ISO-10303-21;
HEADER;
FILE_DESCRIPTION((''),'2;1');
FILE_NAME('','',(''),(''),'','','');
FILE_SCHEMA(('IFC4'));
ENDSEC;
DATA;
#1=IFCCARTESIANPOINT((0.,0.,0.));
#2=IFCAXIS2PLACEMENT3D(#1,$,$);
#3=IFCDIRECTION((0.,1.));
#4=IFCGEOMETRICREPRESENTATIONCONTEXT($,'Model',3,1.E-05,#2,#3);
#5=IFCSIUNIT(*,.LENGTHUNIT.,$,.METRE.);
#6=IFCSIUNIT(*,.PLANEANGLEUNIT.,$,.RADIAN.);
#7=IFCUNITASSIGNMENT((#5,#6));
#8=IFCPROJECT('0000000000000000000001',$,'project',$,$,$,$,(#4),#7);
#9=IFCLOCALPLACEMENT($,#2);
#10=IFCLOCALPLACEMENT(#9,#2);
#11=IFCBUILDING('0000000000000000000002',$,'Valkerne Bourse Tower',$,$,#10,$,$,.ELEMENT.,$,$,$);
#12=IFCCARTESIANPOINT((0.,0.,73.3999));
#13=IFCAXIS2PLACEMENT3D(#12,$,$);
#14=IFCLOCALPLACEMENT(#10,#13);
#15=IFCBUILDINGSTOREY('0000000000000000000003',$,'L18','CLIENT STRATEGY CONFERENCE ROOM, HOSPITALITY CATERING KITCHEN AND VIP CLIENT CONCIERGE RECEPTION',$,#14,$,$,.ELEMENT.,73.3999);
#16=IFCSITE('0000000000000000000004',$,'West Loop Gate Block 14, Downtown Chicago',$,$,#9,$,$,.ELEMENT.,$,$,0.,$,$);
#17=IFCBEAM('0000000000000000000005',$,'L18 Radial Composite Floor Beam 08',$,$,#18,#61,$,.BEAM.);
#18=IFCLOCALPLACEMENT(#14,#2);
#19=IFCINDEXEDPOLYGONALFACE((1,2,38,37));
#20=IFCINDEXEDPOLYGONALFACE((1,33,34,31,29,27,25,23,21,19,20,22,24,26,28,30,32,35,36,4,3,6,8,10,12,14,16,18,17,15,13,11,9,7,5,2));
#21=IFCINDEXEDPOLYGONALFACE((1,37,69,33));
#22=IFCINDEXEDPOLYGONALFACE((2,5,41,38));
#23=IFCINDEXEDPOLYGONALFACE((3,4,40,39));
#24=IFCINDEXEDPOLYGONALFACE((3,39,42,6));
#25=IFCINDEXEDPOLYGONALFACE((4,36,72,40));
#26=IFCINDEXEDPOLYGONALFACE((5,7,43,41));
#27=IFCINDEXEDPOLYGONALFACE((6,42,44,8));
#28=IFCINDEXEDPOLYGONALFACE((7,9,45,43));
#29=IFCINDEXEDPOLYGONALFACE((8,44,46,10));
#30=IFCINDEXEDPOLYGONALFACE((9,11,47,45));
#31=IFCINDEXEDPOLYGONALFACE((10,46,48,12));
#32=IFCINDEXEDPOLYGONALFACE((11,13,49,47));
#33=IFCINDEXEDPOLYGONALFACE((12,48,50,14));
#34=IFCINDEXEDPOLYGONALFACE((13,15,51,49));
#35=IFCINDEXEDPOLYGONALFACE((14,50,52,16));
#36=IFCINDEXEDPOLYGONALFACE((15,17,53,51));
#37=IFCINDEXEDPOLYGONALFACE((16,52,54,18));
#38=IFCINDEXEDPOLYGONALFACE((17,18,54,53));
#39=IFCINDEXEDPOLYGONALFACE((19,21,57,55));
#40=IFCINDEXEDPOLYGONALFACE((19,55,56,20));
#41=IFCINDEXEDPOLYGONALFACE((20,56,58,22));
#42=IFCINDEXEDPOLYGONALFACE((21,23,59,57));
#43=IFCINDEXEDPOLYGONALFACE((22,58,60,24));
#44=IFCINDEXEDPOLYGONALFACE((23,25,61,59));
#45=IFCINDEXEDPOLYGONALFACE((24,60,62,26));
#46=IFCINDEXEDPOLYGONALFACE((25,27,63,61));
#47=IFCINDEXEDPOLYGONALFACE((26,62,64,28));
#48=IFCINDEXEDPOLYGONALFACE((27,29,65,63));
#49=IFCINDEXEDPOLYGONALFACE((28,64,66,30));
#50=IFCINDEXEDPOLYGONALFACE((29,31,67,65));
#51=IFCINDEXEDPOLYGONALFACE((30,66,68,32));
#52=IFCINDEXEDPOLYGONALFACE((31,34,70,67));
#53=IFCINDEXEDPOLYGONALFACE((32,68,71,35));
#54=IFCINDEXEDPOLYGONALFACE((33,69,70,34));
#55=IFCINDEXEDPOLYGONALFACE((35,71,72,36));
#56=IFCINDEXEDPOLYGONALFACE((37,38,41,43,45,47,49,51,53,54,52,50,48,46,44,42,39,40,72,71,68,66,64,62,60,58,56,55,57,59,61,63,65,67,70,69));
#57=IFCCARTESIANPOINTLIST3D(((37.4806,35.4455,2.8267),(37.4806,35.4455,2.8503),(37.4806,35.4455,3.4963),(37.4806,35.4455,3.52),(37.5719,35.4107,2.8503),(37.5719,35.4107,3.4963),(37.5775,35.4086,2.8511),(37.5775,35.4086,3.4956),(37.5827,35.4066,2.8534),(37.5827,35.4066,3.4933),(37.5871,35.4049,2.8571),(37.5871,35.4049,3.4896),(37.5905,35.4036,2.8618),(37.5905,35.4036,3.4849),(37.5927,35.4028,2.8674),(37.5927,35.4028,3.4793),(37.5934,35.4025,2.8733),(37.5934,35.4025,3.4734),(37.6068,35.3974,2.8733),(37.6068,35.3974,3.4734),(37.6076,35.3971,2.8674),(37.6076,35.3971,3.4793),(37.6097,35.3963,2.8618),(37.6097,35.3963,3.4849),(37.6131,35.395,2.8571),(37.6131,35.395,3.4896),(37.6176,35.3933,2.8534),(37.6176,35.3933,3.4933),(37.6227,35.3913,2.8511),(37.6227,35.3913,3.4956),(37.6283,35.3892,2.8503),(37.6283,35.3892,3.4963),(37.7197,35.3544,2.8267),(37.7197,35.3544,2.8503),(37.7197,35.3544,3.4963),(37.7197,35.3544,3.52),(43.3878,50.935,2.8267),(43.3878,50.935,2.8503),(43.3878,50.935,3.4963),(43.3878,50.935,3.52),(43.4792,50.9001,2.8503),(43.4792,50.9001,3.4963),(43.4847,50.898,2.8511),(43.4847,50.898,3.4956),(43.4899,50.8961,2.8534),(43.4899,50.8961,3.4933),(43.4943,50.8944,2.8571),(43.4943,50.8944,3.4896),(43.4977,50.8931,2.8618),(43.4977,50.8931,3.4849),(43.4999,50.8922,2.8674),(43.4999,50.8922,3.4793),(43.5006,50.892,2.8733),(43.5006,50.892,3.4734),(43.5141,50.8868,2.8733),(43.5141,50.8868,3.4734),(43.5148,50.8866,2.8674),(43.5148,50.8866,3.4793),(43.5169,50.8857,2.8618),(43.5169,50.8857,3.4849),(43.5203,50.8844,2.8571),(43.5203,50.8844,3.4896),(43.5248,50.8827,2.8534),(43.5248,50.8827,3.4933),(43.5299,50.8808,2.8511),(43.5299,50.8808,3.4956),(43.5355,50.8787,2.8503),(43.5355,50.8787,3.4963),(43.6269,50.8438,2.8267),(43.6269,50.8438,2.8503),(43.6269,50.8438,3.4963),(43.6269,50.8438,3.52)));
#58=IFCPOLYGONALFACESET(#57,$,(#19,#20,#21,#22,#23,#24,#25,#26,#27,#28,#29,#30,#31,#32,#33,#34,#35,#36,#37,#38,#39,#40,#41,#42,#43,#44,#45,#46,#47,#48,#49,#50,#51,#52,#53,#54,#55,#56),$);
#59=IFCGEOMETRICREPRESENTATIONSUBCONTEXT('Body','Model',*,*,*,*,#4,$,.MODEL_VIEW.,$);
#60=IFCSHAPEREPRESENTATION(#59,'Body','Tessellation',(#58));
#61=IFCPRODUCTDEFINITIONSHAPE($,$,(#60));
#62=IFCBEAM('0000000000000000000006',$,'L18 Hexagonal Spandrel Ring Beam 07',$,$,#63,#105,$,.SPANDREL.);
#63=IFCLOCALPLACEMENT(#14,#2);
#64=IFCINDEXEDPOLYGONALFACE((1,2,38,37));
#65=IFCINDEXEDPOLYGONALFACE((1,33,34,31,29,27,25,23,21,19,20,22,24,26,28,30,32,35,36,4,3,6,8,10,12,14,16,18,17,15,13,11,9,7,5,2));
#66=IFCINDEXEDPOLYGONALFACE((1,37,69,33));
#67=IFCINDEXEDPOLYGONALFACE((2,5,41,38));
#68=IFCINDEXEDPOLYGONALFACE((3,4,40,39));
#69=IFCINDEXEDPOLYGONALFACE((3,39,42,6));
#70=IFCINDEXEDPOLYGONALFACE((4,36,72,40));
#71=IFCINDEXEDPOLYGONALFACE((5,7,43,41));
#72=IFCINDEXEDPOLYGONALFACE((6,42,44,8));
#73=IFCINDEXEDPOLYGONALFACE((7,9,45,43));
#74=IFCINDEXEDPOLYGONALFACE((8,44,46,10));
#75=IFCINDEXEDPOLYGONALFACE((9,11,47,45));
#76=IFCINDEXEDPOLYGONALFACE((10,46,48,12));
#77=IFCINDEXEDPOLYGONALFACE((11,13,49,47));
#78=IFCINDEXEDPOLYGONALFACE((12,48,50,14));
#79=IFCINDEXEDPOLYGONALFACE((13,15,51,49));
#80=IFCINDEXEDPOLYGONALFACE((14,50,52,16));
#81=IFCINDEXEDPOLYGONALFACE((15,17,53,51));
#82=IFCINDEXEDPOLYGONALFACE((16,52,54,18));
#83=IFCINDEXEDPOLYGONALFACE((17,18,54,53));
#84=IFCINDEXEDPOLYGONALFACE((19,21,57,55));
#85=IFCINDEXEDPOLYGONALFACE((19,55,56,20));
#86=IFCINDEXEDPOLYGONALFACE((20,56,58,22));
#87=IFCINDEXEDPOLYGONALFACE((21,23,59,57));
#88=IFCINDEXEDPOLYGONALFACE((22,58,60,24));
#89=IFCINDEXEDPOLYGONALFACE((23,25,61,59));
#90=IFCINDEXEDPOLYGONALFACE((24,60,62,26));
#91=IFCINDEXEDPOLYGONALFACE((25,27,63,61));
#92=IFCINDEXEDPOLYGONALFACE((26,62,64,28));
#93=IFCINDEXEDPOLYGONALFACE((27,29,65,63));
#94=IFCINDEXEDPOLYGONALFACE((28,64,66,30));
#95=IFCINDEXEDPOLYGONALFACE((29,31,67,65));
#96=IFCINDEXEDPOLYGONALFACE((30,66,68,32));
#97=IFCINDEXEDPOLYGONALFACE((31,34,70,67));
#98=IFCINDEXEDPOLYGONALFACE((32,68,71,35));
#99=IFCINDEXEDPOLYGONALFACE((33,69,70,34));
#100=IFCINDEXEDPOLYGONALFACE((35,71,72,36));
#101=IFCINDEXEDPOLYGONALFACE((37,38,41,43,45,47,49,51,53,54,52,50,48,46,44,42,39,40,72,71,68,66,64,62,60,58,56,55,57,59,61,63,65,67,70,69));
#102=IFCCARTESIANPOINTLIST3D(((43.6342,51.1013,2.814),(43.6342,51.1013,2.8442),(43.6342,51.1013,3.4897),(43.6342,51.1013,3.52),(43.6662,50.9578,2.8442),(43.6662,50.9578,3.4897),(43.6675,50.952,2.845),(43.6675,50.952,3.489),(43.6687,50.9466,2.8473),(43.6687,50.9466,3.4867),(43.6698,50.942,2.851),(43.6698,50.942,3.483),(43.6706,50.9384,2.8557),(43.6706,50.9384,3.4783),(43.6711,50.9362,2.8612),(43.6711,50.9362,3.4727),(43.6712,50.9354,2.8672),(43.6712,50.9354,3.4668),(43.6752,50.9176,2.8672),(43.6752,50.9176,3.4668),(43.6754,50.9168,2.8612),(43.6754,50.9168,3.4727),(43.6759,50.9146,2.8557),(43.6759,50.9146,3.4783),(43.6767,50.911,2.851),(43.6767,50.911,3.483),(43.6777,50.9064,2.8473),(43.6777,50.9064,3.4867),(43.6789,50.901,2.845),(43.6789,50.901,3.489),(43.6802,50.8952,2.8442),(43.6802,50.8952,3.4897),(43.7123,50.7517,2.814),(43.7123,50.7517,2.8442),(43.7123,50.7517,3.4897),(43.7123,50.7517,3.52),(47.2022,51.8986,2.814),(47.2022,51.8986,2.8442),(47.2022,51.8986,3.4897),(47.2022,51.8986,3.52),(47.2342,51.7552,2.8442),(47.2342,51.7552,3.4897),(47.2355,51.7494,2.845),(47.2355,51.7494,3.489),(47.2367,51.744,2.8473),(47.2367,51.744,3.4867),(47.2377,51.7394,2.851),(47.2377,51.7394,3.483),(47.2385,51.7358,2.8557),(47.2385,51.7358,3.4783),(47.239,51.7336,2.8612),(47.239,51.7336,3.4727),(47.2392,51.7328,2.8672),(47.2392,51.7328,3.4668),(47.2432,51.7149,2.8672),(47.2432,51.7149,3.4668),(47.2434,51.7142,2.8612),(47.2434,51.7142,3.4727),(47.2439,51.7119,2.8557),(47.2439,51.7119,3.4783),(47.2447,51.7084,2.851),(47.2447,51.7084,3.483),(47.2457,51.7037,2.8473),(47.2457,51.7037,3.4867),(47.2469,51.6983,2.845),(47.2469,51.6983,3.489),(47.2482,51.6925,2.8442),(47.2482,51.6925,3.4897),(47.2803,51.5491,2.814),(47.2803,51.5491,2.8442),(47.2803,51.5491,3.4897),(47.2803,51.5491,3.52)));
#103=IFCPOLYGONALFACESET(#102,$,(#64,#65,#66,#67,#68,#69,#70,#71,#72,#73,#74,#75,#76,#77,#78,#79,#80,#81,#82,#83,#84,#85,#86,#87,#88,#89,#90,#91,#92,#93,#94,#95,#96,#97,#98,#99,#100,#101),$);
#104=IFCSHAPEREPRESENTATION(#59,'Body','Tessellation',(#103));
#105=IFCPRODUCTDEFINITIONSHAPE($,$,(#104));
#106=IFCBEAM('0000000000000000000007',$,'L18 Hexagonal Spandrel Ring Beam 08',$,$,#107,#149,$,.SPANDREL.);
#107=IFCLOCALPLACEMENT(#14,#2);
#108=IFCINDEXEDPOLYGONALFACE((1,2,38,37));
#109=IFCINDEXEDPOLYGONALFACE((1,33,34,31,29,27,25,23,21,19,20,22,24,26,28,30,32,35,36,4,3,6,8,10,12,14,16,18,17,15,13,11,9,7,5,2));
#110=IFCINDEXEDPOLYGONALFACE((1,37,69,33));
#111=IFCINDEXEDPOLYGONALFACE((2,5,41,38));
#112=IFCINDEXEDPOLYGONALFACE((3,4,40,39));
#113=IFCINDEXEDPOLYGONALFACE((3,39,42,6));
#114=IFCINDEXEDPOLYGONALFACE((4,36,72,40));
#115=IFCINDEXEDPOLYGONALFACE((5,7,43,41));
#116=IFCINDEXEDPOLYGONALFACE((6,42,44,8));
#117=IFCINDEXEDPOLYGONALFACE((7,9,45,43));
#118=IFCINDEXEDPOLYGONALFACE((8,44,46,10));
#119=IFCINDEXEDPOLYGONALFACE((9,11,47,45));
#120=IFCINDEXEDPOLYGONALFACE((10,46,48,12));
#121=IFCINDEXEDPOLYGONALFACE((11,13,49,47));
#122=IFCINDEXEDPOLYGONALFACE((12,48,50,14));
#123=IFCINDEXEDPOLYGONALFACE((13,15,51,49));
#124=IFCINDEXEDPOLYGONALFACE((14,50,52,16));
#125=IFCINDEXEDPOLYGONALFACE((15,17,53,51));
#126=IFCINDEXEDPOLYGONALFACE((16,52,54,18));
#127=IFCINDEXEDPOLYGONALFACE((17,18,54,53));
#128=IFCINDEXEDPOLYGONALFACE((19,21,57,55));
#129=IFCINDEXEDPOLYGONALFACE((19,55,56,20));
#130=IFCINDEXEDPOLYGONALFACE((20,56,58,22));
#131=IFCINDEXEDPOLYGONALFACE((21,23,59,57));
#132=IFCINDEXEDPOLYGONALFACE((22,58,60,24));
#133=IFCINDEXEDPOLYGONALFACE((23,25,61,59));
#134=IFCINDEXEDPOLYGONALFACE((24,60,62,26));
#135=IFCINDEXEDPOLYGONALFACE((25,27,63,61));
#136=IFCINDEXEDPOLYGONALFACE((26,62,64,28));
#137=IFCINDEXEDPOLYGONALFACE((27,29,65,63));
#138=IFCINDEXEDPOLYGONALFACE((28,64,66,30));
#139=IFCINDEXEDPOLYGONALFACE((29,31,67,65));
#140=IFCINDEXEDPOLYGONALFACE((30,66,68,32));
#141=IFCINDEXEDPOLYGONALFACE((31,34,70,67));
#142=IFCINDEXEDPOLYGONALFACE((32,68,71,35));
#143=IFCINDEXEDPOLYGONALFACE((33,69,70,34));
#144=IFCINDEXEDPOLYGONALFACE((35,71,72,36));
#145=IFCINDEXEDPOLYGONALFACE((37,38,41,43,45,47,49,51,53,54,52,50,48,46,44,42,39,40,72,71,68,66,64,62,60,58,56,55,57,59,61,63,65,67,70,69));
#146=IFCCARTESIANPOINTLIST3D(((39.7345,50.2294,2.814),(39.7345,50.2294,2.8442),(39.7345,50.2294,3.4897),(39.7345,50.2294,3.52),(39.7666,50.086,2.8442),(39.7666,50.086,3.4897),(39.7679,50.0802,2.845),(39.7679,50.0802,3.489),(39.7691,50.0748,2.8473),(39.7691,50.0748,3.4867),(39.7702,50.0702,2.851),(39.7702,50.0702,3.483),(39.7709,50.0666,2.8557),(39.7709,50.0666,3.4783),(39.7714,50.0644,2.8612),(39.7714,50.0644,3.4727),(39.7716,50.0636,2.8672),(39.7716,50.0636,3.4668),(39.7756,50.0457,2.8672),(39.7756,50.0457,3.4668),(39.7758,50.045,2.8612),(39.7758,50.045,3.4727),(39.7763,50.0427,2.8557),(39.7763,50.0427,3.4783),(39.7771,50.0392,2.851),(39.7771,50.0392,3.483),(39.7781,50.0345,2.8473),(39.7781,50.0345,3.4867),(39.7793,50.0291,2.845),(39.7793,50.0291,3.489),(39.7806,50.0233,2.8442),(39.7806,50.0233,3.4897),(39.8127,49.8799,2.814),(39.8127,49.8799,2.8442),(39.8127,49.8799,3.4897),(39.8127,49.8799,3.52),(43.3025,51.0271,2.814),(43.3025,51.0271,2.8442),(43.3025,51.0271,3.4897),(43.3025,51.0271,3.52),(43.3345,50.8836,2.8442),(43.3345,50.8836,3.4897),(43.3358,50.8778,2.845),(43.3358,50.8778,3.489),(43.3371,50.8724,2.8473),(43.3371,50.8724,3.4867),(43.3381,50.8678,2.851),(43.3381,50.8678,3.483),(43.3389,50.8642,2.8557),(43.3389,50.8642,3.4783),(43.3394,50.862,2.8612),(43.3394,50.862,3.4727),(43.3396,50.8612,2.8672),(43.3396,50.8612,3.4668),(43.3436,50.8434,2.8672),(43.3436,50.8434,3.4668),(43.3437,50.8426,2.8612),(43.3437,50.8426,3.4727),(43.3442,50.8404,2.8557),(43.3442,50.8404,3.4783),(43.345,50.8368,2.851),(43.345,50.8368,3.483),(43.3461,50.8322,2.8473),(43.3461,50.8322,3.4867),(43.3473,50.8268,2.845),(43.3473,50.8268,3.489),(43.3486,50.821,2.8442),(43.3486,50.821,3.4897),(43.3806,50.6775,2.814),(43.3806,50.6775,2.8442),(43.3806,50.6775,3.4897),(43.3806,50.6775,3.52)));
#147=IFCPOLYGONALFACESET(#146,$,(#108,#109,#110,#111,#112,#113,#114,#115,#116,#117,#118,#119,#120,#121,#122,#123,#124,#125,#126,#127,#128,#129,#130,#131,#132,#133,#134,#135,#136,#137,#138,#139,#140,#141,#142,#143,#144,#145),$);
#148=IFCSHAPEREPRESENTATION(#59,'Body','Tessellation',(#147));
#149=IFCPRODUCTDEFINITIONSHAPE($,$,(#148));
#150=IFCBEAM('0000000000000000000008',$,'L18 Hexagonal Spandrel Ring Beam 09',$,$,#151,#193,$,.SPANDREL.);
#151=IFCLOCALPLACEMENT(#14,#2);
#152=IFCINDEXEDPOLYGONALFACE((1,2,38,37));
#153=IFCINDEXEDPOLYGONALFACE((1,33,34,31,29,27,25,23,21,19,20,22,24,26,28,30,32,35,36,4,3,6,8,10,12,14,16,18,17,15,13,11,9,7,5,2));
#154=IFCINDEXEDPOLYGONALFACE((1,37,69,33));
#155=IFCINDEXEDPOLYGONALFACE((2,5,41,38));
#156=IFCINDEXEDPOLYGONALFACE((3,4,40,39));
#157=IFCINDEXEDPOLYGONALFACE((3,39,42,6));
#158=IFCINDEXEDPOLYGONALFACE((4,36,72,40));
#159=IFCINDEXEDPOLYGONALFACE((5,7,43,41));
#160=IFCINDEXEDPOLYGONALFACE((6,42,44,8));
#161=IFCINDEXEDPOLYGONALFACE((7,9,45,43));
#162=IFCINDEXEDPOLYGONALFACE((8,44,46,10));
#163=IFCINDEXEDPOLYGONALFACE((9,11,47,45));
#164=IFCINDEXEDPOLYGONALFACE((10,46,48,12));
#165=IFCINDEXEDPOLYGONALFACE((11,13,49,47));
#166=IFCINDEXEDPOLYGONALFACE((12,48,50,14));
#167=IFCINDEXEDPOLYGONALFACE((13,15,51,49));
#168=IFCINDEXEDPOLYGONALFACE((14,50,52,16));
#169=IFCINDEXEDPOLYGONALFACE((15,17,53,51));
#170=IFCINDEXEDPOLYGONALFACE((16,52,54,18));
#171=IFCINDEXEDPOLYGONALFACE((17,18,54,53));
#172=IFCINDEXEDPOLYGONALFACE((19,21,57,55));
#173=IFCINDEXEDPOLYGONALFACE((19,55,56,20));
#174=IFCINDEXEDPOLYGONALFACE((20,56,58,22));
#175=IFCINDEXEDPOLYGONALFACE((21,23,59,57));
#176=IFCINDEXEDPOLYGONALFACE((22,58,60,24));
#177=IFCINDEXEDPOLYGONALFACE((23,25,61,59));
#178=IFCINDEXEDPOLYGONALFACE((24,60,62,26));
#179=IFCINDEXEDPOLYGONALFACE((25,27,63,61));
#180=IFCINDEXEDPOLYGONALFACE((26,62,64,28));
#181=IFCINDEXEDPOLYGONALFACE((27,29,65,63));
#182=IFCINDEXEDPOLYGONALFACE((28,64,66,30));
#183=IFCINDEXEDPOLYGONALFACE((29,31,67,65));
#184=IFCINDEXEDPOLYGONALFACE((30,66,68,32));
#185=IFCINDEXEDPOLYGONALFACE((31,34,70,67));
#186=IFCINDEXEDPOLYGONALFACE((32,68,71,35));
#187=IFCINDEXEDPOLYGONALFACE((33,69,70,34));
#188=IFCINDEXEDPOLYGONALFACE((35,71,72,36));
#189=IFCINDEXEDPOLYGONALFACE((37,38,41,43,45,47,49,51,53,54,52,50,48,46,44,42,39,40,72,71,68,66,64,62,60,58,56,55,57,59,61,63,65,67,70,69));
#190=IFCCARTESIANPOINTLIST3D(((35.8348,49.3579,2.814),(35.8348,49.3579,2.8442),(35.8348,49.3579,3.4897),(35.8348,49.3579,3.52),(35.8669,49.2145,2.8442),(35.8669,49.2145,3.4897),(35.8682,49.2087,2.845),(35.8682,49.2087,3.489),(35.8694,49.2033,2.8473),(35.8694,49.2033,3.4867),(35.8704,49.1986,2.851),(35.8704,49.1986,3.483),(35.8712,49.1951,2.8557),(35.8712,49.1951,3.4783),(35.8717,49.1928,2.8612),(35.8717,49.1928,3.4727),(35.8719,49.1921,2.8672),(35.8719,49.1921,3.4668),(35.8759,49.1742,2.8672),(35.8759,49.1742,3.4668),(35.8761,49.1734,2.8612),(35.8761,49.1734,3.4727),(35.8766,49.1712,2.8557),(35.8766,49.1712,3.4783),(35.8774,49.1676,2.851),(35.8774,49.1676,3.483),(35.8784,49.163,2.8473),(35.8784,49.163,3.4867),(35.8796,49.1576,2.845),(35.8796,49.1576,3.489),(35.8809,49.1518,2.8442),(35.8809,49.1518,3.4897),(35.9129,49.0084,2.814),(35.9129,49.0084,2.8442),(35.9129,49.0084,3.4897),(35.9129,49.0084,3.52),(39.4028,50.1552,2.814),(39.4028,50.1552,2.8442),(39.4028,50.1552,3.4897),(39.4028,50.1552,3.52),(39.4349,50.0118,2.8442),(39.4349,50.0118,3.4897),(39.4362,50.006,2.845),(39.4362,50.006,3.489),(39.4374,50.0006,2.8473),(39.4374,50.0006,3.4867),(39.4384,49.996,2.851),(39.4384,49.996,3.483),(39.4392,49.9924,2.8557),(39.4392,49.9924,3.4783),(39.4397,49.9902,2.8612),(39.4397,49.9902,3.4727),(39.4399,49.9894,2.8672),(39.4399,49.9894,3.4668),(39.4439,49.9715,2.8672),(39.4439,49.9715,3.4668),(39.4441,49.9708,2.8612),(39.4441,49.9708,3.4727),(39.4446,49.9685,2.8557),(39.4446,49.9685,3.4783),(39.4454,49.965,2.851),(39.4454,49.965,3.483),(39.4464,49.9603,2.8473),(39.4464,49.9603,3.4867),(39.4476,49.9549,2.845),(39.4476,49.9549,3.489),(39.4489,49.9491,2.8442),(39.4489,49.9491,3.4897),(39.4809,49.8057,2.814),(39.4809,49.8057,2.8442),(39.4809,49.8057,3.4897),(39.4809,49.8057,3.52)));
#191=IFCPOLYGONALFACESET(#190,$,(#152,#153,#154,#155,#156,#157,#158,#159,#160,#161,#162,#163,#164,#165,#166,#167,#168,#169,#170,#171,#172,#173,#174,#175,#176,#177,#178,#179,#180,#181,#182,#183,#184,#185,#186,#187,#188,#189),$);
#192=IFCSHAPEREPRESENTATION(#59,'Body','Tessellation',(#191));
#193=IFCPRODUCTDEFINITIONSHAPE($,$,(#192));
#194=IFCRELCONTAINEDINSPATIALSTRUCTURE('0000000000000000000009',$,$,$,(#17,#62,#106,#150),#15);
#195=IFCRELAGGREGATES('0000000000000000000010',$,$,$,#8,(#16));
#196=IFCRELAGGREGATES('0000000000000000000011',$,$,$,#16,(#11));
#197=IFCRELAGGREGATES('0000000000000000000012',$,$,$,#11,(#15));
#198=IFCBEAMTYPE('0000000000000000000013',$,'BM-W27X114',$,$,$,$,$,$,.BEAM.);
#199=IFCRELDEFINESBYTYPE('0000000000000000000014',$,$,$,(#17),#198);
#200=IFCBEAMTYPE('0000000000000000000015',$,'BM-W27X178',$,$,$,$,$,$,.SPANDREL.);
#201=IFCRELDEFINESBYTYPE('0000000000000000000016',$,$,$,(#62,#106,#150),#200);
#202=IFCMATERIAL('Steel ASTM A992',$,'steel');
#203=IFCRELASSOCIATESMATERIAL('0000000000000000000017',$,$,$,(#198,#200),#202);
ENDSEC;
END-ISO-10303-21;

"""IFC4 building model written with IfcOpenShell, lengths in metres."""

from ifc_helpers import new_model, si_unit, direction, frame, origin, origin_2d, place, context, subcontext, project, spatial, i_section, extrude, material, material_profile, profile_set, type_object, element, save


model = new_model("IFC4")

# Units and contexts
model_context = context("Model", 3, precision=1e-05, world=origin(), true_north=direction((0.0, 1.0)))
body_context = subcontext(model_context, "Body", "Model", "MODEL_VIEW")
ifc_project = project(units=[si_unit("LENGTHUNIT", "METRE"), si_unit("PLANEANGLEUNIT", "RADIAN")], contexts=[model_context])

# Site, building, storey
site_placement = place(None, origin())
site = spatial("IfcSite", under=ifc_project, at=site_placement, Name="West Loop Gate Block 14, Downtown Chicago", CompositionType="ELEMENT", RefElevation=0.0)
building_placement = place(site_placement, origin())
building = spatial("IfcBuilding", under=site, at=building_placement, Name="Valkerne Bourse Tower", CompositionType="ELEMENT")
storey_placement = place(building_placement, frame((0.0, 0.0, 73.3999)))
storey = spatial("IfcBuildingStorey", under=building, at=storey_placement, Name="L18", Description="CLIENT STRATEGY CONFERENCE ROOM, HOSPITALITY CATERING KITCHEN AND VIP CLIENT CONCIERGE RECEPTION", CompositionType="ELEMENT", Elevation=73.3999)

# Beams
ifc_material_1 = material(Name="Steel ASTM A992", Category="steel")
ifc_material_profile_1 = material_profile(ifc_material_1, i_section(OverallWidth=0.2559, OverallDepth=0.6934, WebThickness=0.0144, FlangeThickness=0.0237, FilletRadius=0.0229, at=origin_2d()), Name="W27X114")
ifc_profile_set_1 = profile_set([ifc_material_profile_1], Name="Steel ASTM A992")
beam_type_1 = type_object("IfcBeamType", Name="BM-W27X114", PredefinedType="BEAM", material=ifc_profile_set_1)
beam_1_placement = place(storey_placement, frame((43.5073, 50.8894, 3.1733), z_axis=(-0.356336, -0.934358, 0.0), x_axis=(0.934358, -0.356336, 0.0)))
element("IfcBeam", 1, at=beam_1_placement, inside=storey, type_object=beam_type_1, Name="L18 Radial Composite Floor Beam 08", PredefinedType="BEAM", context=body_context, shape_type="SweptSolid", body=[
    extrude(i_section(OverallWidth=0.2559, OverallDepth=0.6934, WebThickness=0.0144, FlangeThickness=0.0237, FilletRadius=0.0229, at=origin_2d()), origin(), (0.0, 0.0, 1.0), 16.5776),
])
ifc_material_profile_2 = material_profile(ifc_material_1, i_section(OverallWidth=0.3582, OverallDepth=0.7061, WebThickness=0.0183, FlangeThickness=0.0303, FilletRadius=0.0229, at=origin_2d()), Name="W27X178")
ifc_profile_set_2 = profile_set([ifc_material_profile_2], Name="Steel ASTM A992")
beam_type_2 = type_object("IfcBeamType", Name="BM-W27X178", PredefinedType="SPANDREL", material=ifc_profile_set_2)
for number, where, z_axis, x_axis, name in (
    (2, (47.2412, 51.7239, 3.167), (-0.975926, -0.218104, 0.0), (0.218104, -0.975926, 0.0), "L18 Hexagonal Spandrel Ring Beam 07"),
    (3, (43.3416, 50.8523, 3.167), (-0.975911, -0.218168, 0.0), (0.218168, -0.975911, 0.0), "L18 Hexagonal Spandrel Ring Beam 08"),
    (4, (39.4419, 49.9805, 3.167), (-0.975929, -0.21809, 0.0), (0.21809, -0.975929, 0.0), "L18 Hexagonal Spandrel Ring Beam 09"),
):
    element("IfcBeam", number, at=place(storey_placement, frame(where, z_axis=z_axis, x_axis=x_axis)), inside=storey, type_object=beam_type_2, Name=name, PredefinedType="SPANDREL", context=body_context, shape_type="SweptSolid", body=[
        extrude(i_section(OverallWidth=0.3582, OverallDepth=0.7061, WebThickness=0.0183, FlangeThickness=0.0303, FilletRadius=0.0229, at=origin_2d()), origin(), (0.0, 0.0, 1.0), 3.656),
    ])

save(model, "model.ifc")
